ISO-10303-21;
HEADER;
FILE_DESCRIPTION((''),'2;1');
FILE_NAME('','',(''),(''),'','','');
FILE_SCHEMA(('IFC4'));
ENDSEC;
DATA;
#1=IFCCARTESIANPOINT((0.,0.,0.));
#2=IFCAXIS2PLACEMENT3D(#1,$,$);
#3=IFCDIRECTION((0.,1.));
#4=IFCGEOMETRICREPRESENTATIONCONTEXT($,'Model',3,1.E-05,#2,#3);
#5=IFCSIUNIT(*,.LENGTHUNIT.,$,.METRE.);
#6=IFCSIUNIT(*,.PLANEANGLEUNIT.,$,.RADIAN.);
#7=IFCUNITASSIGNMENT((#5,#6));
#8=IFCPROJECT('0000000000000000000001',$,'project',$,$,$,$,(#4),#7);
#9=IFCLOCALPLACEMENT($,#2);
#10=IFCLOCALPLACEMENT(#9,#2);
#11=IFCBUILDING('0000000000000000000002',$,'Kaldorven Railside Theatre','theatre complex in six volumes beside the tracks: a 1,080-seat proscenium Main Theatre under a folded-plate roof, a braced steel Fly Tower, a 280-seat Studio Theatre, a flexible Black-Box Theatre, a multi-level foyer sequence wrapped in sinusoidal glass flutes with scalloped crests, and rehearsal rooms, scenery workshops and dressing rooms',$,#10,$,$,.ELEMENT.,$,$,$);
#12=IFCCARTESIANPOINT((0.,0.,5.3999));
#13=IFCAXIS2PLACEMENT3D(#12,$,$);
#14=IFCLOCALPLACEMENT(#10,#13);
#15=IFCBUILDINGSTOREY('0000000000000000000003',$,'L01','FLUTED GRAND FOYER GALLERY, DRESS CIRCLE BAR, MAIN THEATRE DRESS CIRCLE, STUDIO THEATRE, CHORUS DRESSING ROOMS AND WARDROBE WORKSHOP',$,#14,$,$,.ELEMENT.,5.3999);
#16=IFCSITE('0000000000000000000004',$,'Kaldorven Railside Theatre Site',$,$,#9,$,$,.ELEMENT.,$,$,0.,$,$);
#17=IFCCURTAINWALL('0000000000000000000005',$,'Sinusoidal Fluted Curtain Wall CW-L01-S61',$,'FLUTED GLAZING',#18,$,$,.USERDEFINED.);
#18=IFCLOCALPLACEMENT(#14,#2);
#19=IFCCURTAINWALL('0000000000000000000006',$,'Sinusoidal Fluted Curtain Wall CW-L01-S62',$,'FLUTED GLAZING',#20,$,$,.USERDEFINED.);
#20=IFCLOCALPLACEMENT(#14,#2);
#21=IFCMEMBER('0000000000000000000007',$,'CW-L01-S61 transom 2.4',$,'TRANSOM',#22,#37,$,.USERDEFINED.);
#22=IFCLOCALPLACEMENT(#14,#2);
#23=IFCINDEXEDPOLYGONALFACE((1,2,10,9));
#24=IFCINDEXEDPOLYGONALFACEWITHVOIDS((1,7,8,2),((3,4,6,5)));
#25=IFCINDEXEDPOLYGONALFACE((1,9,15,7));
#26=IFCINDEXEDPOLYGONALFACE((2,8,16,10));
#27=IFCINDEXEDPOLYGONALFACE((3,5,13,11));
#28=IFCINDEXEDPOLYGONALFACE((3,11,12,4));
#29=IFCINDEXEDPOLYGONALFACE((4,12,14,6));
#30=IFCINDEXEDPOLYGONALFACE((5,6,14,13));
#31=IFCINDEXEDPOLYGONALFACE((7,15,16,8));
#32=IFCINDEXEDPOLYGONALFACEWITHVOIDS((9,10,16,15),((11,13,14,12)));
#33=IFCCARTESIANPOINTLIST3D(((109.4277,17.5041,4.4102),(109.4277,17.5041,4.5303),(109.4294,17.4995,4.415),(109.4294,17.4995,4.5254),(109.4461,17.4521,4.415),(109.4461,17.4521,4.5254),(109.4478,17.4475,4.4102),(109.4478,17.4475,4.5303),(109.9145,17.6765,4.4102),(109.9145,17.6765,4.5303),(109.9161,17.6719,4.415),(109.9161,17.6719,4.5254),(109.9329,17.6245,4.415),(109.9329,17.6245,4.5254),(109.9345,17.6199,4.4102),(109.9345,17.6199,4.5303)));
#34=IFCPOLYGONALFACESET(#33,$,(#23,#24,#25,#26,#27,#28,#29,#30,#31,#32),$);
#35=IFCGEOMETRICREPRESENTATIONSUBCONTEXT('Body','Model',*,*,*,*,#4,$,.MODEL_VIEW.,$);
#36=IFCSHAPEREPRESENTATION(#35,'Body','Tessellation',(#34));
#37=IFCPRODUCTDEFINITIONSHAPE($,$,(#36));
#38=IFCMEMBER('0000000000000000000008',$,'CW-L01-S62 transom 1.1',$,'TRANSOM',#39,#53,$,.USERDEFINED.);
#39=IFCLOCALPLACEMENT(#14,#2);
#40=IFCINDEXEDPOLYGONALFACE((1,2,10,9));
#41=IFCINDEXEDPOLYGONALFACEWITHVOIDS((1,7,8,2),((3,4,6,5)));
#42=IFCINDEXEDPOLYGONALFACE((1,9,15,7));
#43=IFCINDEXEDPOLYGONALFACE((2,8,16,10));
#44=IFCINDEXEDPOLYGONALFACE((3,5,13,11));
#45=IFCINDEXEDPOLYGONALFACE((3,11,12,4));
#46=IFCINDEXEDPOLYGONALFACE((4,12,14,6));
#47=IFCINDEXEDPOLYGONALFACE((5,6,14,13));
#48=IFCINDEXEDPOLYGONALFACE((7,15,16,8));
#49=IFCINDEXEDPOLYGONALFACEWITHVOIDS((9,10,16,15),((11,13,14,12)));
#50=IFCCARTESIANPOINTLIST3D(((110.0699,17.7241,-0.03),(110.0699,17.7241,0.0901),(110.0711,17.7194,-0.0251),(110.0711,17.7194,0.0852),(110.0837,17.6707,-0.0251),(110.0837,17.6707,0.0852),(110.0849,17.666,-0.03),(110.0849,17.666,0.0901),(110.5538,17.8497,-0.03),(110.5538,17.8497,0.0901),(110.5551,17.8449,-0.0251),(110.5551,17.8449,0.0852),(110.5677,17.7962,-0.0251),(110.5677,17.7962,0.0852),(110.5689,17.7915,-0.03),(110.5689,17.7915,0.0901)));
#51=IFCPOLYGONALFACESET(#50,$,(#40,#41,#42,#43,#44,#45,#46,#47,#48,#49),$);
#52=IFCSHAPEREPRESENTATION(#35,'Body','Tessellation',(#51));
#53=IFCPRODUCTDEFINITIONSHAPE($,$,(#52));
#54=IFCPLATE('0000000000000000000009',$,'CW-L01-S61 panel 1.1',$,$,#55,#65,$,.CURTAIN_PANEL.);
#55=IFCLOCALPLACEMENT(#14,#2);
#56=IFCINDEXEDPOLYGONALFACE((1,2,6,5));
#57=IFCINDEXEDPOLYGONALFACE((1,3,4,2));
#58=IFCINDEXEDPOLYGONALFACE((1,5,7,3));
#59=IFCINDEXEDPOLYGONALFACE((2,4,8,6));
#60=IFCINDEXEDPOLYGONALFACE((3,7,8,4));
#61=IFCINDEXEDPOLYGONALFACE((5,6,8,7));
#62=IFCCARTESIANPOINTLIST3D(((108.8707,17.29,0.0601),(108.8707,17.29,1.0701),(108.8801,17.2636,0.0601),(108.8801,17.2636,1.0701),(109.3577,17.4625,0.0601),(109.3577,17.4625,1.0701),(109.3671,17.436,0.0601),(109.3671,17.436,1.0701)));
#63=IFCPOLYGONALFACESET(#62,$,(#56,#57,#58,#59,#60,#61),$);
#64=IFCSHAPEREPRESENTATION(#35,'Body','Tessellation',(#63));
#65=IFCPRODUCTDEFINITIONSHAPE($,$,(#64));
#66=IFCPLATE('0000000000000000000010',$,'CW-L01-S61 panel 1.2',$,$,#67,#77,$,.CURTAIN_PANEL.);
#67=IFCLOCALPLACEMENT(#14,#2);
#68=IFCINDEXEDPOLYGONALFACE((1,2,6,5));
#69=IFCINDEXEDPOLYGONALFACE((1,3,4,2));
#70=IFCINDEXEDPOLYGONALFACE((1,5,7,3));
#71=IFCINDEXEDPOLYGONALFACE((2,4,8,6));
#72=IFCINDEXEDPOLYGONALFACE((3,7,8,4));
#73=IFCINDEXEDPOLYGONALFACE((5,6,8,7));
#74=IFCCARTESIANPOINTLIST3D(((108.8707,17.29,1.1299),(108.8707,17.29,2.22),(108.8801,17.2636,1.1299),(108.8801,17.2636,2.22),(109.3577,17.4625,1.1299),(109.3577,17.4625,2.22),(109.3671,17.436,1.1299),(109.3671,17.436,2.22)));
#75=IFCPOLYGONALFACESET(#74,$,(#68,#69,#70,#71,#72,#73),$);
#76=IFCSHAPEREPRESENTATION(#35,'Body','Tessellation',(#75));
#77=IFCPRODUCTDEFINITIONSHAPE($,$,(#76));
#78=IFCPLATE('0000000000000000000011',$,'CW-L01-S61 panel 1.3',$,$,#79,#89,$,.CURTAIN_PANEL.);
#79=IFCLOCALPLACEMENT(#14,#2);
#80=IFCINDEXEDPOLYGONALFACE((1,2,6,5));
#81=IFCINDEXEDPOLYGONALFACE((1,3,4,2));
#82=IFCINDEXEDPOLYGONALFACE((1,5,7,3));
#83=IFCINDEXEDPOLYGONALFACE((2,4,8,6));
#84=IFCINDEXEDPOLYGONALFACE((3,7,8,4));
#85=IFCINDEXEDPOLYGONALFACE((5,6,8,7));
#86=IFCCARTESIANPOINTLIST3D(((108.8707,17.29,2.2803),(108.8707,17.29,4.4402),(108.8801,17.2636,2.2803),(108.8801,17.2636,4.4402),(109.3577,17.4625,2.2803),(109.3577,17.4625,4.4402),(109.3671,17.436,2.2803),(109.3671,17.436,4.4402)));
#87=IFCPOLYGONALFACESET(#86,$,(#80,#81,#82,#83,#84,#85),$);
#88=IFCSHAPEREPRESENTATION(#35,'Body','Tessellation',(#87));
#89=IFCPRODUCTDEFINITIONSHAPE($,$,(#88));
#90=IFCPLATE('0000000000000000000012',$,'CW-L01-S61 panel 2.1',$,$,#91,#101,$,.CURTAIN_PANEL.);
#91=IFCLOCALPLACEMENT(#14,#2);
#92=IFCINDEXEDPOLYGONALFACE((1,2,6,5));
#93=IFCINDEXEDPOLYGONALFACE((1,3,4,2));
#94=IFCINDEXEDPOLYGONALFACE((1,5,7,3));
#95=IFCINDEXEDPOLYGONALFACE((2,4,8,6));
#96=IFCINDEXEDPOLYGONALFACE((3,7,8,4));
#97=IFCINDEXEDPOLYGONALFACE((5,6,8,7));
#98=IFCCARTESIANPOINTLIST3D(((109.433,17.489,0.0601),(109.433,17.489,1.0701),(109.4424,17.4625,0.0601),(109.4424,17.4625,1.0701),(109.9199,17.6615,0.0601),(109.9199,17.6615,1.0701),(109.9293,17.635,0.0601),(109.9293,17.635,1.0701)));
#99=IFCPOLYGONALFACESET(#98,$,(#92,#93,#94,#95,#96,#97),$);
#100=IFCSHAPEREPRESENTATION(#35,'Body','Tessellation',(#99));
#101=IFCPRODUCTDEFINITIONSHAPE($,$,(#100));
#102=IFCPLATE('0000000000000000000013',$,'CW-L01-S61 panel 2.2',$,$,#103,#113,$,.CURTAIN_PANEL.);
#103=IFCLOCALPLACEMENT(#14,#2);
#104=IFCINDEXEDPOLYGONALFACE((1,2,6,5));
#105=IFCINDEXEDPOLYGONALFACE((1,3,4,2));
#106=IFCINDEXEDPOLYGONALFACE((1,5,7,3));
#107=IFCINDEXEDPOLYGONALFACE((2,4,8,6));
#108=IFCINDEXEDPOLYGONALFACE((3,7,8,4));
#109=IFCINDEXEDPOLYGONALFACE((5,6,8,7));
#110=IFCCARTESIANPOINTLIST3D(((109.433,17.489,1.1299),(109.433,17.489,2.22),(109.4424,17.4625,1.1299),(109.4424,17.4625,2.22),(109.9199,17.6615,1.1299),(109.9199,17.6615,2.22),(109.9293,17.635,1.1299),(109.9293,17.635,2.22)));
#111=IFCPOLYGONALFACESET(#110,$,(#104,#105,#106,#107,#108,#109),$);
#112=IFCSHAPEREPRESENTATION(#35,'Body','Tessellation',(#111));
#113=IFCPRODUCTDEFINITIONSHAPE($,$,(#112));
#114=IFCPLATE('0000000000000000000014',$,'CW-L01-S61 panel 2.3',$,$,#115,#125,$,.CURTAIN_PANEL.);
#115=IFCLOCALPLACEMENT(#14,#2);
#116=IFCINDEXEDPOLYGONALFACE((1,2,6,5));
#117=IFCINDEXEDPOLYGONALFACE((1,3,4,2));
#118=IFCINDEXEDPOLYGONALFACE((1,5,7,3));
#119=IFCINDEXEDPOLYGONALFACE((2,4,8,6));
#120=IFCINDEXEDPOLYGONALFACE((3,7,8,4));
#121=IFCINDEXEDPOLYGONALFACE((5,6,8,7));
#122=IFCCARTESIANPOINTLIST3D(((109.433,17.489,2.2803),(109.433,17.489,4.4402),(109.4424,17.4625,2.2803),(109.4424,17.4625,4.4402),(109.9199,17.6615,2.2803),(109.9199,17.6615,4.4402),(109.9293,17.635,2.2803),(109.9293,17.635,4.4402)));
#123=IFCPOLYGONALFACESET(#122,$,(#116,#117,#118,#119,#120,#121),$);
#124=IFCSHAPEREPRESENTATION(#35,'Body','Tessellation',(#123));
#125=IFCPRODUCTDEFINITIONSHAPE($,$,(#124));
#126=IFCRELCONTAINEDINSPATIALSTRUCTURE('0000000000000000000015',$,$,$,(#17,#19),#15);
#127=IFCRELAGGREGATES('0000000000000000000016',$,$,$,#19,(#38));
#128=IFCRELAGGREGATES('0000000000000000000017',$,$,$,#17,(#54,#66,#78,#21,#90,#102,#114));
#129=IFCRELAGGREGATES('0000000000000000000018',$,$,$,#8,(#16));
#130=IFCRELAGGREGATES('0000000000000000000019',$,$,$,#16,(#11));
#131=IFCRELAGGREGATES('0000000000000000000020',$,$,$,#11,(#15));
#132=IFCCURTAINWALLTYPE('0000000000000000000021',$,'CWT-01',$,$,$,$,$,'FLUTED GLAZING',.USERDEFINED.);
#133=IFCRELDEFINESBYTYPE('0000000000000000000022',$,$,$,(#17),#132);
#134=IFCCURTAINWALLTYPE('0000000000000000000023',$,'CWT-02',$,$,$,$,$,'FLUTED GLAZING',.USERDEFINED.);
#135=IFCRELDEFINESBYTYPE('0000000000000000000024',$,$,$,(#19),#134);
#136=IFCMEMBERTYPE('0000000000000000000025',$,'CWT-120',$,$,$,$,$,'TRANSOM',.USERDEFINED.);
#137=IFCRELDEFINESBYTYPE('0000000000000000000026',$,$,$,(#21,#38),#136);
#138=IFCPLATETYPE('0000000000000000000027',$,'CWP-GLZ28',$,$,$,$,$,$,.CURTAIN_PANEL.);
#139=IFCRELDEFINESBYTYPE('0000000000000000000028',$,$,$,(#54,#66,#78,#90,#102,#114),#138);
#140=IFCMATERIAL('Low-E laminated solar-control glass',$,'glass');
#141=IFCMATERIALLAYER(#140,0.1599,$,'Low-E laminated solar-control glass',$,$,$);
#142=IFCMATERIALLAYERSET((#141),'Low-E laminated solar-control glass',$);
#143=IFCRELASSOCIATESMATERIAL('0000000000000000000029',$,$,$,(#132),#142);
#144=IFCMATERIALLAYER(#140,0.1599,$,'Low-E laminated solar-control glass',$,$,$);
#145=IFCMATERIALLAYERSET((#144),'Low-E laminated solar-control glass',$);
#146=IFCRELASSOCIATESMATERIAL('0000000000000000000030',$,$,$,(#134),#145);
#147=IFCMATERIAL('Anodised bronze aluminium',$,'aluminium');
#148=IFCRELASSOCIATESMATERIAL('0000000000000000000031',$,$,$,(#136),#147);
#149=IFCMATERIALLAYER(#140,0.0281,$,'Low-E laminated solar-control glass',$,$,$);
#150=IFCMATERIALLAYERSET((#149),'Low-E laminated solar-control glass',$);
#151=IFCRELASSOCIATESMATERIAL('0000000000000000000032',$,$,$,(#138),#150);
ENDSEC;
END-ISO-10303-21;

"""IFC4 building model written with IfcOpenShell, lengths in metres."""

from ifc_helpers import new_model, si_unit, direction, frame, origin, origin_2d, place, context, subcontext, project, spatial, rectangle, hollow_rectangle, extrude, material, layer, layer_set, material_profile, profile_set, type_object, element, aggregate, save


model = new_model("IFC4")

# Units and contexts
model_context = context("Model", 3, precision=1e-05, world=origin(), true_north=direction((0.0, 1.0)))
body_context = subcontext(model_context, "Body", "Model", "MODEL_VIEW")
ifc_project = project(units=[si_unit("LENGTHUNIT", "METRE"), si_unit("PLANEANGLEUNIT", "RADIAN")], contexts=[model_context])

# Site, building, storey
site_placement = place(None, origin())
site = spatial("IfcSite", under=ifc_project, at=site_placement, Name="Kaldorven Railside Theatre Site", CompositionType="ELEMENT", RefElevation=0.0)
building_placement = place(site_placement, origin())
building = spatial("IfcBuilding", under=site, at=building_placement, Name="Kaldorven Railside Theatre", Description="theatre complex in six volumes beside the tracks: a 1,080-seat proscenium Main Theatre under a folded-plate roof, a braced steel Fly Tower, a 280-seat Studio Theatre, a flexible Black-Box Theatre, a multi-level foyer sequence wrapped in sinusoidal glass flutes with scalloped crests, and rehearsal rooms, scenery workshops and dressing rooms", CompositionType="ELEMENT")
storey_placement = place(building_placement, frame((0.0, 0.0, 5.3999)))
storey = spatial("IfcBuildingStorey", under=building, at=storey_placement, Name="L01", Description="FLUTED GRAND FOYER GALLERY, DRESS CIRCLE BAR, MAIN THEATRE DRESS CIRCLE, STUDIO THEATRE, CHORUS DRESSING ROOMS AND WARDROBE WORKSHOP", CompositionType="ELEMENT", Elevation=5.3999)

# Shared definitions
ifc_material_1 = material(Name="Low-E laminated solar-control glass", Category="glass")
ifc_layer_1 = layer(ifc_material_1, 0.1599, Name="Low-E laminated solar-control glass")
ifc_layer_set_1 = layer_set([ifc_layer_1], Name="Low-E laminated solar-control glass")
curtain_wall_type_1 = type_object("IfcCurtainWallType", Name="CWT-01", ElementType="FLUTED GLAZING", PredefinedType="USERDEFINED", material=ifc_layer_set_1)
ifc_material_2 = material(Name="Anodised bronze aluminium", Category="aluminium")

# Curtain wall
curtain_wall_1_placement = place(storey_placement, origin())
curtain_wall_1 = element("IfcCurtainWall", 1, at=curtain_wall_1_placement, inside=storey, type_object=curtain_wall_type_1, Name="Sinusoidal Fluted Curtain Wall CW-L01-S61", ObjectType="FLUTED GLAZING", PredefinedType="USERDEFINED")

# Curtain wall
ifc_layer_2 = layer(ifc_material_1, 0.1599, Name="Low-E laminated solar-control glass")
ifc_layer_set_2 = layer_set([ifc_layer_2], Name="Low-E laminated solar-control glass")
curtain_wall_type_2 = type_object("IfcCurtainWallType", Name="CWT-02", ElementType="FLUTED GLAZING", PredefinedType="USERDEFINED", material=ifc_layer_set_2)
curtain_wall_2_placement = place(storey_placement, origin())
curtain_wall_2 = element("IfcCurtainWall", 2, at=curtain_wall_2_placement, inside=storey, type_object=curtain_wall_type_2, Name="Sinusoidal Fluted Curtain Wall CW-L01-S62", ObjectType="FLUTED GLAZING", PredefinedType="USERDEFINED")

# Members
ifc_material_profile_1 = material_profile(ifc_material_2, hollow_rectangle(XDim=0.0601, YDim=0.1201, WallThickness=0.0049, at=origin_2d()), Name="RHS 120x60x5")
ifc_profile_set_1 = profile_set([ifc_material_profile_1], Name="Anodised bronze aluminium")
member_type_1 = type_object("IfcMemberType", Name="CWT-120", ElementType="TRANSOM", PredefinedType="USERDEFINED", material=ifc_profile_set_1)
member_1_placement = place(storey_placement, frame((109.4377, 17.4758, 4.4702), z_axis=(0.942658, 0.33376, 0.0), x_axis=(-0.33376, 0.942658, 0.0)))
member_1 = element("IfcMember", 3, at=member_1_placement, type_object=member_type_1, Name="CW-L01-S61 transom 2.4", ObjectType="TRANSOM", PredefinedType="USERDEFINED", context=body_context, shape_type="SweptSolid", body=[
    extrude(hollow_rectangle(XDim=0.0601, YDim=0.1201, WallThickness=0.0049, at=origin_2d()), origin(), (0.0, 0.0, 1.0), 0.5164),
])
member_2_placement = place(storey_placement, frame((110.0774, 17.6951, 0.03), z_axis=(0.967979, 0.25103, 0.0), x_axis=(-0.25103, 0.967979, 0.0)))
member_2 = element("IfcMember", 4, at=member_2_placement, type_object=member_type_1, Name="CW-L01-S62 transom 1.1", ObjectType="TRANSOM", PredefinedType="USERDEFINED", context=body_context, shape_type="SweptSolid", body=[
    extrude(hollow_rectangle(XDim=0.0601, YDim=0.1201, WallThickness=0.0049, at=origin_2d()), origin(), (0.0, 0.0, 1.0), 0.5),
])
aggregate(curtain_wall_2, [member_2])

# Plates
ifc_layer_3 = layer(ifc_material_1, 0.0281, Name="Low-E laminated solar-control glass")
ifc_layer_set_3 = layer_set([ifc_layer_3], Name="Low-E laminated solar-control glass")
plate_type = type_object("IfcPlateType", Name="CWP-GLZ28", PredefinedType="CURTAIN_PANEL", material=ifc_layer_set_3)
plate_1_placement = place(storey_placement, frame((109.1189, 17.363, 0.0601), z_axis=(0.0, 0.0, 1.0), x_axis=(0.942627, 0.333847, 0.0)))
plate_1 = element("IfcPlate", 5, at=plate_1_placement, type_object=plate_type, Name="CW-L01-S61 panel 1.1", PredefinedType="CURTAIN_PANEL", context=body_context, shape_type="SweptSolid", body=[
    extrude(rectangle(XDim=0.5166, YDim=0.0281, at=origin_2d()), origin(), (0.0, 0.0, 1.0), 1.01),
])
plate_2_placement = place(storey_placement, frame((109.1189, 17.363, 1.1299), z_axis=(0.0, 0.0, 1.0), x_axis=(0.942627, 0.333847, 0.0)))
plate_2 = element("IfcPlate", 6, at=plate_2_placement, type_object=plate_type, Name="CW-L01-S61 panel 1.2", PredefinedType="CURTAIN_PANEL", context=body_context, shape_type="SweptSolid", body=[
    extrude(rectangle(XDim=0.5166, YDim=0.0281, at=origin_2d()), origin(), (0.0, 0.0, 1.0), 1.0901),
])
plate_3_placement = place(storey_placement, frame((109.1189, 17.363, 2.2803), z_axis=(0.0, 0.0, 1.0), x_axis=(0.942627, 0.333847, 0.0)))
plate_3 = element("IfcPlate", 7, at=plate_3_placement, type_object=plate_type, Name="CW-L01-S61 panel 1.3", PredefinedType="CURTAIN_PANEL", context=body_context, shape_type="SweptSolid", body=[
    extrude(rectangle(XDim=0.5166, YDim=0.0281, at=origin_2d()), origin(), (0.0, 0.0, 1.0), 2.1599),
])
plate_4_placement = place(storey_placement, frame((109.6812, 17.562, 0.0601), z_axis=(0.0, 0.0, 1.0), x_axis=(0.942627, 0.333847, 0.0)))
plate_4 = element("IfcPlate", 8, at=plate_4_placement, type_object=plate_type, Name="CW-L01-S61 panel 2.1", PredefinedType="CURTAIN_PANEL", context=body_context, shape_type="SweptSolid", body=[
    extrude(rectangle(XDim=0.5166, YDim=0.0281, at=origin_2d()), origin(), (0.0, 0.0, 1.0), 1.01),
])
plate_5_placement = place(storey_placement, frame((109.6812, 17.562, 1.1299), z_axis=(0.0, 0.0, 1.0), x_axis=(0.942627, 0.333847, 0.0)))
plate_5 = element("IfcPlate", 9, at=plate_5_placement, type_object=plate_type, Name="CW-L01-S61 panel 2.2", PredefinedType="CURTAIN_PANEL", context=body_context, shape_type="SweptSolid", body=[
    extrude(rectangle(XDim=0.5166, YDim=0.0281, at=origin_2d()), origin(), (0.0, 0.0, 1.0), 1.0901),
])
plate_6_placement = place(storey_placement, frame((109.6812, 17.562, 2.2803), z_axis=(0.0, 0.0, 1.0), x_axis=(0.942627, 0.333847, 0.0)))
plate_6 = element("IfcPlate", 10, at=plate_6_placement, type_object=plate_type, Name="CW-L01-S61 panel 2.3", PredefinedType="CURTAIN_PANEL", context=body_context, shape_type="SweptSolid", body=[
    extrude(rectangle(XDim=0.5166, YDim=0.0281, at=origin_2d()), origin(), (0.0, 0.0, 1.0), 2.1599),
])
aggregate(curtain_wall_1, [plate_1, plate_2, plate_3, member_1, plate_4, plate_5, plate_6])

save(model, "model.ifc")
